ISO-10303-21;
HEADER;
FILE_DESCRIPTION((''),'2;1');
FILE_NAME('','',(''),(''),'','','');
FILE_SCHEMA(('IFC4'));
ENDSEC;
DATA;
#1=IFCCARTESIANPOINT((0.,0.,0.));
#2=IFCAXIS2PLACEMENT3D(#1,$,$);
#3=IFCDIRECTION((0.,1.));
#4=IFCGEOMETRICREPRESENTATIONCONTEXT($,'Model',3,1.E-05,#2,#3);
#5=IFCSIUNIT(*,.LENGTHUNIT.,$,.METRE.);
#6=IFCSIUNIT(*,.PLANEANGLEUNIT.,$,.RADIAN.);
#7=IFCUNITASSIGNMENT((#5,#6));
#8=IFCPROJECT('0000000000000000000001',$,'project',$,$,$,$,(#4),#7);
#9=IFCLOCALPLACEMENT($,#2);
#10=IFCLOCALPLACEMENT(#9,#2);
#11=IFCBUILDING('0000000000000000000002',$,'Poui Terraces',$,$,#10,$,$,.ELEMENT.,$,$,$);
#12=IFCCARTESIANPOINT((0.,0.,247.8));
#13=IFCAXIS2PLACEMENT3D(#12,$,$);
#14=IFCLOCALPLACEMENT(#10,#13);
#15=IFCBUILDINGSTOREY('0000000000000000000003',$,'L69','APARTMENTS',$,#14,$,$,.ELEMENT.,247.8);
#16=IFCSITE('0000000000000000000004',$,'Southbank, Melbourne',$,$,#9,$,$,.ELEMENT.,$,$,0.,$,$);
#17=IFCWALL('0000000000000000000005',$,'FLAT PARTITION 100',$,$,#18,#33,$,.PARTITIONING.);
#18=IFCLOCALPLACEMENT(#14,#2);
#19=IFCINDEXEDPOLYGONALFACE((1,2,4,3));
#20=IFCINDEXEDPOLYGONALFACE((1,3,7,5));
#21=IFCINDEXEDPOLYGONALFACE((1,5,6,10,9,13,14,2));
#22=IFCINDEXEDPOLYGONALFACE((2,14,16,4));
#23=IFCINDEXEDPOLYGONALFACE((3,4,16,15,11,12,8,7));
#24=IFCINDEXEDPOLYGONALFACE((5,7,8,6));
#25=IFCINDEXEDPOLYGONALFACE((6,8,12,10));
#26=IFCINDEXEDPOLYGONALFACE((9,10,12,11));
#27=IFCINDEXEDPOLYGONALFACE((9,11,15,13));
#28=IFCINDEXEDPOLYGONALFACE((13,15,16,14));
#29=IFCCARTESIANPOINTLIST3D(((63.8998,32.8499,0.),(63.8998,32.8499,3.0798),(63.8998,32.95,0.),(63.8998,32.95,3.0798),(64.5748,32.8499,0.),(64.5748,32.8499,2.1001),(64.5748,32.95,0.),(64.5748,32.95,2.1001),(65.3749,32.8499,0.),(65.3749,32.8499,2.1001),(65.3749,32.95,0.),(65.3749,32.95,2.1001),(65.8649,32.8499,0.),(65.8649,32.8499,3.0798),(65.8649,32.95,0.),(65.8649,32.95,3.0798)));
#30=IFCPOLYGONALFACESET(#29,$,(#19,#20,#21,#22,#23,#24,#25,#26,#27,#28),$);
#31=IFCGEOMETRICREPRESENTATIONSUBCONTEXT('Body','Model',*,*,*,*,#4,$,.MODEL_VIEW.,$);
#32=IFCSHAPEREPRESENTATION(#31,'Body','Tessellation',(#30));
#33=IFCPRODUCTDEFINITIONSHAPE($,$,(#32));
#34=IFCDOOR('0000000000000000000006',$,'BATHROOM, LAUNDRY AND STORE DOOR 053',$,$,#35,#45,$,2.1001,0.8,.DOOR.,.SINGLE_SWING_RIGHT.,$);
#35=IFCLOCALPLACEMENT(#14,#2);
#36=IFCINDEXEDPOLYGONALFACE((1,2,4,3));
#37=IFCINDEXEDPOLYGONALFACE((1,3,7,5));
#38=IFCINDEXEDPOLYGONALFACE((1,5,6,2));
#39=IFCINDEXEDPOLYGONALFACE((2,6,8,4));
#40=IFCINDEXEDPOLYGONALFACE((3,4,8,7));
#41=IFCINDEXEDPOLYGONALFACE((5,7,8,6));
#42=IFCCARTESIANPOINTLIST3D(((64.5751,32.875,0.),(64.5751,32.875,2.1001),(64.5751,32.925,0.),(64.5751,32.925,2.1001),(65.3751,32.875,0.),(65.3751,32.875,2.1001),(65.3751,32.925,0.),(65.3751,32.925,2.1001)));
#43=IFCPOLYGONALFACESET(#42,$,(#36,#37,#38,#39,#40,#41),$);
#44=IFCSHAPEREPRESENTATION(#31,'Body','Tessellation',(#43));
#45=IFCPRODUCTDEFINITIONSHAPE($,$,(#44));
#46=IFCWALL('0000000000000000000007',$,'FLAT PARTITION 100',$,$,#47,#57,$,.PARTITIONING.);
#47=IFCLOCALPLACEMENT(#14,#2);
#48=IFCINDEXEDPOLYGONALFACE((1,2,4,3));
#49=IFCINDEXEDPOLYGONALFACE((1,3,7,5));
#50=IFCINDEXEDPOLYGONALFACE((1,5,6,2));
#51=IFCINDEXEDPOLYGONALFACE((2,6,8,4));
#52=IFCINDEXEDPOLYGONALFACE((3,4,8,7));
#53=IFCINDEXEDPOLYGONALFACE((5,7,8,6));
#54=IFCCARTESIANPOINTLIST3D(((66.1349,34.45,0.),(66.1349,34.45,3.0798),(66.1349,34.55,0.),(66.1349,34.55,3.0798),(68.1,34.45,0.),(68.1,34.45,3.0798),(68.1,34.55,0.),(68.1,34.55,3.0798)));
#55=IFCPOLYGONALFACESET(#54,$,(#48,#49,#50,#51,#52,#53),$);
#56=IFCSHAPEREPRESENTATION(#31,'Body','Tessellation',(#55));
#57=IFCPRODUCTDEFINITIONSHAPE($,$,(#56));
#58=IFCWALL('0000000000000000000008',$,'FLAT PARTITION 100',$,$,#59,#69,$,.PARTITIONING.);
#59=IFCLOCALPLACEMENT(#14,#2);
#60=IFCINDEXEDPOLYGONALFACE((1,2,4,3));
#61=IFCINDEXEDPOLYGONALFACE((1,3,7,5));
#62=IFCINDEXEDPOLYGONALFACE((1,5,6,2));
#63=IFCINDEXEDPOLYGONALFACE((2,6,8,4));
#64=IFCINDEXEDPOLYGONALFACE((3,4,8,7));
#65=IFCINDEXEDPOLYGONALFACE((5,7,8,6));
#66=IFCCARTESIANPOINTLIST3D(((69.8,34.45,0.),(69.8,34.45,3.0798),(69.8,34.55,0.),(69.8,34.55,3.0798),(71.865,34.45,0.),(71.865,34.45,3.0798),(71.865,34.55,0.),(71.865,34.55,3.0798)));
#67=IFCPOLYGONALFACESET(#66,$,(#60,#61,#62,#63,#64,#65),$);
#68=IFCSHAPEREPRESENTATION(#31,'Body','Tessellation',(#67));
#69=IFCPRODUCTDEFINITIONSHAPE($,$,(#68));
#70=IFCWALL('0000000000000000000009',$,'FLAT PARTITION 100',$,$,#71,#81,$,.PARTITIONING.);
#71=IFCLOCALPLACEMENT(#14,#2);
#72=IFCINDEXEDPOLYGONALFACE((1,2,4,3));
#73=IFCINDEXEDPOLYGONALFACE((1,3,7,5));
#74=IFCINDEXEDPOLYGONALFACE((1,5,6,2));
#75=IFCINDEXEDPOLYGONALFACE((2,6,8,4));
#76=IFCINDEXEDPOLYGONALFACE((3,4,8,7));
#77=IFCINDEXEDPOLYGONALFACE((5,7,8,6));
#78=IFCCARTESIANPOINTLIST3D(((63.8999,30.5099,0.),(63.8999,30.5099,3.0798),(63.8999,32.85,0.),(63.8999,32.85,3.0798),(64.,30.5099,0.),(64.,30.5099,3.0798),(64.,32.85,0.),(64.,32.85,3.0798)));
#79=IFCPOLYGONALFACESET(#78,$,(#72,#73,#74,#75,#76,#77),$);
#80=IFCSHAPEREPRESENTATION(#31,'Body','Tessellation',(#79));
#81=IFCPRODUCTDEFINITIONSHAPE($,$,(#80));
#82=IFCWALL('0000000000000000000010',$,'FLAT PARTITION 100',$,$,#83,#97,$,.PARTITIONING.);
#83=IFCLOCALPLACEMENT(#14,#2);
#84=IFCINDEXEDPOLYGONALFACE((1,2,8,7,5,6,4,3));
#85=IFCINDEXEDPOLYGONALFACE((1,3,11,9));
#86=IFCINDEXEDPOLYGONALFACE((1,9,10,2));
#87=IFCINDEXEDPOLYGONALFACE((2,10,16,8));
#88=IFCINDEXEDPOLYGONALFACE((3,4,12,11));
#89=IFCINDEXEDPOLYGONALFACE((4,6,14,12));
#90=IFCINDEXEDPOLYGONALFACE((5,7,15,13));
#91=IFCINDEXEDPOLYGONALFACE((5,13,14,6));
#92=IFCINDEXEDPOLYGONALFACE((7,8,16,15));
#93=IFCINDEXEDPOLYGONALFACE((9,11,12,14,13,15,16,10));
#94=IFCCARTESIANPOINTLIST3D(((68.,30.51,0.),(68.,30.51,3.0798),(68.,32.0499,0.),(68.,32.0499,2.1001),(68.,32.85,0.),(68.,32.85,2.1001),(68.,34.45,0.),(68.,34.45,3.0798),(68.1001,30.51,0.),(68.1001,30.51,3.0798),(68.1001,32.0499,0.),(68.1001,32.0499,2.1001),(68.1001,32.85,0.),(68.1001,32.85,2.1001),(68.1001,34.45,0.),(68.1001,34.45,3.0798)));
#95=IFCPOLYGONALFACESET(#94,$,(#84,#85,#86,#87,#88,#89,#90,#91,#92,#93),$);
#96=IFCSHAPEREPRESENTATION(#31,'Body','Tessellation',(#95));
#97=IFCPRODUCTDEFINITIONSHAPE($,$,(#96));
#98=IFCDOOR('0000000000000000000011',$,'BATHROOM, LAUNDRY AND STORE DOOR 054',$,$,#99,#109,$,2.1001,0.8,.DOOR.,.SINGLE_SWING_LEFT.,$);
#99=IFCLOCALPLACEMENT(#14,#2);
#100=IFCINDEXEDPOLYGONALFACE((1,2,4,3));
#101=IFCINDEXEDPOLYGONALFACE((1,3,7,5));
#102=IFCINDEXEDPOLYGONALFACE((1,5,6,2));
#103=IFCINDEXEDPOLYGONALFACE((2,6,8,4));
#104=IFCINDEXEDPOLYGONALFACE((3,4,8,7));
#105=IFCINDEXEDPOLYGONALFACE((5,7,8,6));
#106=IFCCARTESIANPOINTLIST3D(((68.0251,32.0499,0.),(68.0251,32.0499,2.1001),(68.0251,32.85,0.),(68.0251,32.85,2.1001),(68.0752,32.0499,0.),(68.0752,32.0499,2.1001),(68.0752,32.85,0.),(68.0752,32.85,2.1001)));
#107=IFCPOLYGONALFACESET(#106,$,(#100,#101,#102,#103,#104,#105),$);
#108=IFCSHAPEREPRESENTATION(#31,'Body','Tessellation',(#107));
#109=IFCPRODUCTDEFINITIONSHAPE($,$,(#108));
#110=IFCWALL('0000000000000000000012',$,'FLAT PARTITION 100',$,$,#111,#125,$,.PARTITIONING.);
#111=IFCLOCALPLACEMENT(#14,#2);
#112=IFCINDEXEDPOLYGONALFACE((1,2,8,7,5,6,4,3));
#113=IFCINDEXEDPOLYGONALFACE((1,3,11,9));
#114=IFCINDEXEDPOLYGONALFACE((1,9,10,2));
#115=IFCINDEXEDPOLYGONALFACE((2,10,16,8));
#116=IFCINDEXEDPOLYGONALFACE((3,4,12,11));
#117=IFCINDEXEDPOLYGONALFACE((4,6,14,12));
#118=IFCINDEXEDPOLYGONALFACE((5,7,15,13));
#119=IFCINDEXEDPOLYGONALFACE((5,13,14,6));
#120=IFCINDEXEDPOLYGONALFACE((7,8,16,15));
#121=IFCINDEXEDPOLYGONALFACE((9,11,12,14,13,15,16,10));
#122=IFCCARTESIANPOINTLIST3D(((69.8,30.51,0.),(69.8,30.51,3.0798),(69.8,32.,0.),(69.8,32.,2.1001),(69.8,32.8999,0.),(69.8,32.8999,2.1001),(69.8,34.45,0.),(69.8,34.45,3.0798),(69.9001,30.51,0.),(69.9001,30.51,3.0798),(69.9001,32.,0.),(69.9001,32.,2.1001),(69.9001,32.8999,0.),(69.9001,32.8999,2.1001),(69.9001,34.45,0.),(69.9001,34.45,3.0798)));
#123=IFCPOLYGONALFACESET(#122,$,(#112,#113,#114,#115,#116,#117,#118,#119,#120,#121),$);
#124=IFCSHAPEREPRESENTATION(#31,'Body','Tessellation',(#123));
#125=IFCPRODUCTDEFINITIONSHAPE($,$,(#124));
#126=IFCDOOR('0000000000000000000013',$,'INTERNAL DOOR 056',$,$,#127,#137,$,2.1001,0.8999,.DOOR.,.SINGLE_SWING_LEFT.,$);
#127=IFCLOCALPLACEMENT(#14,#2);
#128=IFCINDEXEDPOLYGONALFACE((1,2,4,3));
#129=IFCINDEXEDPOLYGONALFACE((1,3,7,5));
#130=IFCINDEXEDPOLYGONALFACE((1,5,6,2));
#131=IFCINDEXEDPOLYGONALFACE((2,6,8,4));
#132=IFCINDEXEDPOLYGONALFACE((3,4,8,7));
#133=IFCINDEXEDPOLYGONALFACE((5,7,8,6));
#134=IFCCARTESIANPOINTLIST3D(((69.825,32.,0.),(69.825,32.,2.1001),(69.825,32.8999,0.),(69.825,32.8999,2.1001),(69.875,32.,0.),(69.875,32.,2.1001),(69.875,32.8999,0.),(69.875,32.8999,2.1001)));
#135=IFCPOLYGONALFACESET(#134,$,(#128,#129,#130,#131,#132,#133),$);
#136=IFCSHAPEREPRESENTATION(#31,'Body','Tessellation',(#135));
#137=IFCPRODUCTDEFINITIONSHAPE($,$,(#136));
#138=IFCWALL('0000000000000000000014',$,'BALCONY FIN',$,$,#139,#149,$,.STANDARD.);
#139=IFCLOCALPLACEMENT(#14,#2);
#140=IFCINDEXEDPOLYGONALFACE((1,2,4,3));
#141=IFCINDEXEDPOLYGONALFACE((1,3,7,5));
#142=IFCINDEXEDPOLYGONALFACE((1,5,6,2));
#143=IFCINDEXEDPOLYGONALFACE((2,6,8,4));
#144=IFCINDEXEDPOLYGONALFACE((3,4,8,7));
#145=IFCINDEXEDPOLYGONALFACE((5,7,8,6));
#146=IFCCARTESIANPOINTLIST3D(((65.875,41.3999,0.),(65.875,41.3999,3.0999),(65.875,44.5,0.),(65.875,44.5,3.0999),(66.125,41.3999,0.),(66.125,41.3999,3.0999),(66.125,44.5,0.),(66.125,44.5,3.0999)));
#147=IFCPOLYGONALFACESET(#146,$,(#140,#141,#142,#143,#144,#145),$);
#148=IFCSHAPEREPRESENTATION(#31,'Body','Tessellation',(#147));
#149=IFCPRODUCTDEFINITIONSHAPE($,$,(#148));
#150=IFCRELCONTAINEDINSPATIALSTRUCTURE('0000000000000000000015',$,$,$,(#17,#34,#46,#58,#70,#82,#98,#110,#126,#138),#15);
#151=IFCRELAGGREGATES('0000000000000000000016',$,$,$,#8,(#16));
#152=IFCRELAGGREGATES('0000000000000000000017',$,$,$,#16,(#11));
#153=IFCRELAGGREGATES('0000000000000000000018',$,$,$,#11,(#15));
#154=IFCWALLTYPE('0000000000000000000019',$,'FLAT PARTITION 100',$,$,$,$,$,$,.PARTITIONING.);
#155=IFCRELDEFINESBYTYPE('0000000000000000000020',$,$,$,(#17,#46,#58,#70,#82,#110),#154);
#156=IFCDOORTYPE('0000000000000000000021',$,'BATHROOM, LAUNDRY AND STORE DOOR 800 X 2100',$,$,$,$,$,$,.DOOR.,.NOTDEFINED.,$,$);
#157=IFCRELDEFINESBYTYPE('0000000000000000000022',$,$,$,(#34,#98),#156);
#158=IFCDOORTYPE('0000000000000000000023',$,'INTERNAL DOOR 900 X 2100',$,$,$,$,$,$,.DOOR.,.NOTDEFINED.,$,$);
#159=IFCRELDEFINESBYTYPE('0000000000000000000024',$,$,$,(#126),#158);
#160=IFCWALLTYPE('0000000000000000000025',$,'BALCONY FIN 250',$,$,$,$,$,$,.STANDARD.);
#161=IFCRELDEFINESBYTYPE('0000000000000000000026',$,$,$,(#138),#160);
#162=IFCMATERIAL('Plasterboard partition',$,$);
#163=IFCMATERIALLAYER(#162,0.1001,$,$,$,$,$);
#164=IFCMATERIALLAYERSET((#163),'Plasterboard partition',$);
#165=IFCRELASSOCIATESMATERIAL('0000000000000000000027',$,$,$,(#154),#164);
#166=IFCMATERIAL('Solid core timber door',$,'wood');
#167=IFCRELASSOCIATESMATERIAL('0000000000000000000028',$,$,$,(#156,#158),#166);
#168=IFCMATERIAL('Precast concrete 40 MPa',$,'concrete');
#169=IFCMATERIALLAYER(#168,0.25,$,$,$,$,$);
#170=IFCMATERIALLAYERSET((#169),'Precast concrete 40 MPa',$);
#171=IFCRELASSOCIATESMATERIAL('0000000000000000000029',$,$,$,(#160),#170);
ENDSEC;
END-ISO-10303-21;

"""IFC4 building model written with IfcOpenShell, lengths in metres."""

from ifc_helpers import new_model, si_unit, direction, frame, frame_2d, origin, place, context, subcontext, project, spatial, polyline, rectangle, outline, extrude, source, transform, mapped, material, layer, layer_set, type_object, element, fill, save


model = new_model("IFC4")

# Units and contexts
model_context = context("Model", 3, precision=1e-05, world=origin(), true_north=direction((0.0, 1.0)))
body_context = subcontext(model_context, "Body", "Model", "MODEL_VIEW")
ifc_project = project(units=[si_unit("LENGTHUNIT", "METRE"), si_unit("PLANEANGLEUNIT", "RADIAN")], contexts=[model_context])

# Site, building, storey
site_placement = place(None, origin())
site = spatial("IfcSite", under=ifc_project, at=site_placement, Name="Southbank, Melbourne", CompositionType="ELEMENT", RefElevation=0.0)
building_placement = place(site_placement, origin())
building = spatial("IfcBuilding", under=site, at=building_placement, Name="Poui Terraces", CompositionType="ELEMENT")
storey_placement = place(building_placement, frame((0.0, 0.0, 247.8)))
storey = spatial("IfcBuildingStorey", under=building, at=storey_placement, Name="L69", Description="APARTMENTS", CompositionType="ELEMENT", Elevation=247.8)

# Wall, opening, door
ifc_material_1 = material(Name="Plasterboard partition")
ifc_layer_1 = layer(ifc_material_1, 0.1001)
ifc_layer_set_1 = layer_set([ifc_layer_1], Name="Plasterboard partition")
wall_type_1 = type_object("IfcWallType", Name="FLAT PARTITION 100", PredefinedType="PARTITIONING", material=ifc_layer_set_1)
wall_1_placement = place(storey_placement, frame((63.8999, 32.8999, 0.0), z_axis=(0.0, 0.0, 1.0), x_axis=(1.0, 0.0, 0.0)))
wall_1 = element("IfcWall", 1, at=wall_1_placement, inside=storey, type_object=wall_type_1, Name="FLAT PARTITION 100", PredefinedType="PARTITIONING", context=body_context, shape_type="SweptSolid", body=[
    extrude(rectangle(XDim=1.9651, YDim=0.1001, at=frame_2d((0.9824, 0.0))), origin(), (0.0, 0.0, 1.0), 3.0798),
])
opening_1_placement = place(wall_1_placement, frame((0.675, 0.0, 0.0)))
opening_1 = element("IfcOpeningElement", 2, at=opening_1_placement, cuts=wall_1, PredefinedType="OPENING", context=body_context, shape_type="SweptSolid", body=[
    extrude(rectangle(XDim=0.8, YDim=2.1001, at=frame_2d((0.3999, 1.05))), frame((0.0, 0.0601, 0.0), z_axis=(0.0, -1.0, 0.0), x_axis=(1.0, 0.0, 0.0)), (0.0, 0.0, 1.0), 0.1201),
])
ifc_material_2 = material(Name="Solid core timber door", Category="wood")
door_type_1 = type_object("IfcDoorType", Name="BATHROOM, LAUNDRY AND STORE DOOR 800 X 2100", OperationType="NOTDEFINED", PredefinedType="DOOR", material=ifc_material_2)
door_1_placement = place(opening_1_placement, frame((0.8, 0.0, 0.0), z_axis=(0.0, 0.0, 1.0), x_axis=(-1.0, 0.0, 0.0)))
door_1 = element("IfcDoor", 3, at=door_1_placement, inside=storey, type_object=door_type_1, Name="BATHROOM, LAUNDRY AND STORE DOOR 053", OperationType="SINGLE_SWING_RIGHT", OverallHeight=2.1001, OverallWidth=0.8, PredefinedType="DOOR", context=body_context, shape_type="SweptSolid", body=[
    extrude(rectangle(XDim=0.8, YDim=2.1001, at=frame_2d((0.3999, 1.05))), frame((0.0, 0.0249, 0.0), z_axis=(0.0, -1.0, 0.0), x_axis=(1.0, 0.0, 0.0)), (0.0, 0.0, 1.0), 0.05),
])
fill(opening_1, door_1)

# Walls
wall_2_placement = place(storey_placement, frame((66.135, 34.5, 0.0), z_axis=(0.0, 0.0, 1.0), x_axis=(1.0, 0.0, 0.0)))
element("IfcWall", 4, at=wall_2_placement, inside=storey, type_object=wall_type_1, Name="FLAT PARTITION 100", PredefinedType="PARTITIONING", context=body_context, shape_type="SweptSolid", body=[
    extrude(rectangle(XDim=1.9651, YDim=0.1001, at=frame_2d((0.9824, 0.0))), origin(), (0.0, 0.0, 1.0), 3.0798),
])
wall_3_placement = place(storey_placement, frame((69.8, 34.5, 0.0), z_axis=(0.0, 0.0, 1.0), x_axis=(1.0, 0.0, 0.0)))
element("IfcWall", 5, at=wall_3_placement, inside=storey, type_object=wall_type_1, Name="FLAT PARTITION 100", PredefinedType="PARTITIONING", context=body_context, shape_type="SweptSolid", body=[
    extrude(rectangle(XDim=2.0649, YDim=0.1001, at=frame_2d((1.0325, 0.0))), origin(), (0.0, 0.0, 1.0), 3.0798),
])
wall_4_placement = place(storey_placement, frame((63.95, 30.51, 0.0), z_axis=(0.0, 0.0, 1.0), x_axis=(0.0, 1.0, 0.0)))
element("IfcWall", 6, at=wall_4_placement, inside=storey, type_object=wall_type_1, Name="FLAT PARTITION 100", PredefinedType="PARTITIONING", context=body_context, shape_type="SweptSolid", body=[
    extrude(rectangle(XDim=2.3401, YDim=0.1001, at=frame_2d((1.1699, 0.0))), origin(), (0.0, 0.0, 1.0), 3.0798),
])

# Walls, openings, doors
wall_5_placement = place(storey_placement, frame((68.05, 30.51, 0.0), z_axis=(0.0, 0.0, 1.0), x_axis=(0.0, 1.0, 0.0)))
wall_5 = element("IfcWall", 7, at=wall_5_placement, inside=storey, type_object=wall_type_1, Name="FLAT PARTITION 100", PredefinedType="PARTITIONING", context=body_context, shape_type="SweptSolid", body=[
    extrude(rectangle(XDim=3.9399, YDim=0.1001, at=frame_2d((1.97, 0.0))), origin(), (0.0, 0.0, 1.0), 3.0798),
])
opening_2_placement = place(wall_5_placement, frame((1.54, 0.0, 0.0)))
opening_2 = element("IfcOpeningElement", 8, at=opening_2_placement, cuts=wall_5, PredefinedType="OPENING", context=body_context, shape_type="SweptSolid", body=[
    extrude(rectangle(XDim=0.8, YDim=2.1001, at=frame_2d((0.3999, 1.05))), frame((0.0, 0.0601, 0.0), z_axis=(0.0, -1.0, 0.0), x_axis=(1.0, 0.0, 0.0)), (0.0, 0.0, 1.0), 0.1201),
])
door_2_placement = place(opening_2_placement, origin())
door_2 = element("IfcDoor", 9, at=door_2_placement, inside=storey, type_object=door_type_1, Name="BATHROOM, LAUNDRY AND STORE DOOR 054", OperationType="SINGLE_SWING_LEFT", OverallHeight=2.1001, OverallWidth=0.8, PredefinedType="DOOR", context=body_context, shape_type="SweptSolid", body=[
    extrude(rectangle(XDim=0.8, YDim=2.1001, at=frame_2d((0.3999, 1.05))), frame((0.0, 0.0249, 0.0), z_axis=(0.0, -1.0, 0.0), x_axis=(1.0, 0.0, 0.0)), (0.0, 0.0, 1.0), 0.05),
])
fill(opening_2, door_2)
wall_6_placement = place(storey_placement, frame((69.8501, 30.51, 0.0), z_axis=(0.0, 0.0, 1.0), x_axis=(0.0, 1.0, 0.0)))
wall_6 = element("IfcWall", 10, at=wall_6_placement, inside=storey, type_object=wall_type_1, Name="FLAT PARTITION 100", PredefinedType="PARTITIONING", context=body_context, shape_type="SweptSolid", body=[
    extrude(rectangle(XDim=3.9399, YDim=0.1001, at=frame_2d((1.97, 0.0))), origin(), (0.0, 0.0, 1.0), 3.0798),
])
opening_3_placement = place(wall_6_placement, frame((1.49, 0.0, 0.0)))
opening_3 = element("IfcOpeningElement", 11, at=opening_3_placement, cuts=wall_6, PredefinedType="OPENING", context=body_context, shape_type="SweptSolid", body=[
    extrude(rectangle(XDim=0.8999, YDim=2.1001, at=frame_2d((0.45, 1.05))), frame((0.0, 0.0601, 0.0), z_axis=(0.0, -1.0, 0.0), x_axis=(1.0, 0.0, 0.0)), (0.0, 0.0, 1.0), 0.1201),
])
door_type_2 = type_object("IfcDoorType", Name="INTERNAL DOOR 900 X 2100", OperationType="NOTDEFINED", PredefinedType="DOOR", material=ifc_material_2)
door_3_placement = place(opening_3_placement, frame((0.8999, 0.0, 0.0), z_axis=(0.0, 0.0, 1.0), x_axis=(-1.0, 0.0, 0.0)))
door_3 = element("IfcDoor", 12, at=door_3_placement, inside=storey, type_object=door_type_2, Name="INTERNAL DOOR 056", OperationType="SINGLE_SWING_LEFT", OverallHeight=2.1001, OverallWidth=0.8999, PredefinedType="DOOR", context=body_context, shape_type="SweptSolid", body=[
    extrude(rectangle(XDim=0.8999, YDim=2.1001, at=frame_2d((0.45, 1.05))), frame((0.0, 0.0249, 0.0), z_axis=(0.0, -1.0, 0.0), x_axis=(1.0, 0.0, 0.0)), (0.0, 0.0, 1.0), 0.05),
])
fill(opening_3, door_3)

# Wall
ifc_material_3 = material(Name="Precast concrete 40 MPa", Category="concrete")
ifc_layer_2 = layer(ifc_material_3, 0.25)
ifc_layer_set_2 = layer_set([ifc_layer_2], Name="Precast concrete 40 MPa")
wall_type_2 = type_object("IfcWallType", Name="BALCONY FIN 250", PredefinedType="STANDARD", material=ifc_layer_set_2)
shared_shape_1 = source(origin(), body_context, "Body", "SweptSolid", [
    extrude(outline(polyline([(0.0, 0.0), (0.25, 0.0), (0.25, 3.1001), (0.0, 3.1001), (0.0, 0.0)])), origin(), (0.0, 0.0, 1.0), 3.0999),
])
wall_7_placement = place(storey_placement, frame((65.875, 41.3999, 0.0)))
element("IfcWall", 13, at=wall_7_placement, inside=storey, type_object=wall_type_2, Name="BALCONY FIN", PredefinedType="STANDARD", context=body_context, shape_type="MappedRepresentation", body=[
    mapped(shared_shape_1, transform((0.0, 0.0, 0.0))),
])

save(model, "model.ifc")
